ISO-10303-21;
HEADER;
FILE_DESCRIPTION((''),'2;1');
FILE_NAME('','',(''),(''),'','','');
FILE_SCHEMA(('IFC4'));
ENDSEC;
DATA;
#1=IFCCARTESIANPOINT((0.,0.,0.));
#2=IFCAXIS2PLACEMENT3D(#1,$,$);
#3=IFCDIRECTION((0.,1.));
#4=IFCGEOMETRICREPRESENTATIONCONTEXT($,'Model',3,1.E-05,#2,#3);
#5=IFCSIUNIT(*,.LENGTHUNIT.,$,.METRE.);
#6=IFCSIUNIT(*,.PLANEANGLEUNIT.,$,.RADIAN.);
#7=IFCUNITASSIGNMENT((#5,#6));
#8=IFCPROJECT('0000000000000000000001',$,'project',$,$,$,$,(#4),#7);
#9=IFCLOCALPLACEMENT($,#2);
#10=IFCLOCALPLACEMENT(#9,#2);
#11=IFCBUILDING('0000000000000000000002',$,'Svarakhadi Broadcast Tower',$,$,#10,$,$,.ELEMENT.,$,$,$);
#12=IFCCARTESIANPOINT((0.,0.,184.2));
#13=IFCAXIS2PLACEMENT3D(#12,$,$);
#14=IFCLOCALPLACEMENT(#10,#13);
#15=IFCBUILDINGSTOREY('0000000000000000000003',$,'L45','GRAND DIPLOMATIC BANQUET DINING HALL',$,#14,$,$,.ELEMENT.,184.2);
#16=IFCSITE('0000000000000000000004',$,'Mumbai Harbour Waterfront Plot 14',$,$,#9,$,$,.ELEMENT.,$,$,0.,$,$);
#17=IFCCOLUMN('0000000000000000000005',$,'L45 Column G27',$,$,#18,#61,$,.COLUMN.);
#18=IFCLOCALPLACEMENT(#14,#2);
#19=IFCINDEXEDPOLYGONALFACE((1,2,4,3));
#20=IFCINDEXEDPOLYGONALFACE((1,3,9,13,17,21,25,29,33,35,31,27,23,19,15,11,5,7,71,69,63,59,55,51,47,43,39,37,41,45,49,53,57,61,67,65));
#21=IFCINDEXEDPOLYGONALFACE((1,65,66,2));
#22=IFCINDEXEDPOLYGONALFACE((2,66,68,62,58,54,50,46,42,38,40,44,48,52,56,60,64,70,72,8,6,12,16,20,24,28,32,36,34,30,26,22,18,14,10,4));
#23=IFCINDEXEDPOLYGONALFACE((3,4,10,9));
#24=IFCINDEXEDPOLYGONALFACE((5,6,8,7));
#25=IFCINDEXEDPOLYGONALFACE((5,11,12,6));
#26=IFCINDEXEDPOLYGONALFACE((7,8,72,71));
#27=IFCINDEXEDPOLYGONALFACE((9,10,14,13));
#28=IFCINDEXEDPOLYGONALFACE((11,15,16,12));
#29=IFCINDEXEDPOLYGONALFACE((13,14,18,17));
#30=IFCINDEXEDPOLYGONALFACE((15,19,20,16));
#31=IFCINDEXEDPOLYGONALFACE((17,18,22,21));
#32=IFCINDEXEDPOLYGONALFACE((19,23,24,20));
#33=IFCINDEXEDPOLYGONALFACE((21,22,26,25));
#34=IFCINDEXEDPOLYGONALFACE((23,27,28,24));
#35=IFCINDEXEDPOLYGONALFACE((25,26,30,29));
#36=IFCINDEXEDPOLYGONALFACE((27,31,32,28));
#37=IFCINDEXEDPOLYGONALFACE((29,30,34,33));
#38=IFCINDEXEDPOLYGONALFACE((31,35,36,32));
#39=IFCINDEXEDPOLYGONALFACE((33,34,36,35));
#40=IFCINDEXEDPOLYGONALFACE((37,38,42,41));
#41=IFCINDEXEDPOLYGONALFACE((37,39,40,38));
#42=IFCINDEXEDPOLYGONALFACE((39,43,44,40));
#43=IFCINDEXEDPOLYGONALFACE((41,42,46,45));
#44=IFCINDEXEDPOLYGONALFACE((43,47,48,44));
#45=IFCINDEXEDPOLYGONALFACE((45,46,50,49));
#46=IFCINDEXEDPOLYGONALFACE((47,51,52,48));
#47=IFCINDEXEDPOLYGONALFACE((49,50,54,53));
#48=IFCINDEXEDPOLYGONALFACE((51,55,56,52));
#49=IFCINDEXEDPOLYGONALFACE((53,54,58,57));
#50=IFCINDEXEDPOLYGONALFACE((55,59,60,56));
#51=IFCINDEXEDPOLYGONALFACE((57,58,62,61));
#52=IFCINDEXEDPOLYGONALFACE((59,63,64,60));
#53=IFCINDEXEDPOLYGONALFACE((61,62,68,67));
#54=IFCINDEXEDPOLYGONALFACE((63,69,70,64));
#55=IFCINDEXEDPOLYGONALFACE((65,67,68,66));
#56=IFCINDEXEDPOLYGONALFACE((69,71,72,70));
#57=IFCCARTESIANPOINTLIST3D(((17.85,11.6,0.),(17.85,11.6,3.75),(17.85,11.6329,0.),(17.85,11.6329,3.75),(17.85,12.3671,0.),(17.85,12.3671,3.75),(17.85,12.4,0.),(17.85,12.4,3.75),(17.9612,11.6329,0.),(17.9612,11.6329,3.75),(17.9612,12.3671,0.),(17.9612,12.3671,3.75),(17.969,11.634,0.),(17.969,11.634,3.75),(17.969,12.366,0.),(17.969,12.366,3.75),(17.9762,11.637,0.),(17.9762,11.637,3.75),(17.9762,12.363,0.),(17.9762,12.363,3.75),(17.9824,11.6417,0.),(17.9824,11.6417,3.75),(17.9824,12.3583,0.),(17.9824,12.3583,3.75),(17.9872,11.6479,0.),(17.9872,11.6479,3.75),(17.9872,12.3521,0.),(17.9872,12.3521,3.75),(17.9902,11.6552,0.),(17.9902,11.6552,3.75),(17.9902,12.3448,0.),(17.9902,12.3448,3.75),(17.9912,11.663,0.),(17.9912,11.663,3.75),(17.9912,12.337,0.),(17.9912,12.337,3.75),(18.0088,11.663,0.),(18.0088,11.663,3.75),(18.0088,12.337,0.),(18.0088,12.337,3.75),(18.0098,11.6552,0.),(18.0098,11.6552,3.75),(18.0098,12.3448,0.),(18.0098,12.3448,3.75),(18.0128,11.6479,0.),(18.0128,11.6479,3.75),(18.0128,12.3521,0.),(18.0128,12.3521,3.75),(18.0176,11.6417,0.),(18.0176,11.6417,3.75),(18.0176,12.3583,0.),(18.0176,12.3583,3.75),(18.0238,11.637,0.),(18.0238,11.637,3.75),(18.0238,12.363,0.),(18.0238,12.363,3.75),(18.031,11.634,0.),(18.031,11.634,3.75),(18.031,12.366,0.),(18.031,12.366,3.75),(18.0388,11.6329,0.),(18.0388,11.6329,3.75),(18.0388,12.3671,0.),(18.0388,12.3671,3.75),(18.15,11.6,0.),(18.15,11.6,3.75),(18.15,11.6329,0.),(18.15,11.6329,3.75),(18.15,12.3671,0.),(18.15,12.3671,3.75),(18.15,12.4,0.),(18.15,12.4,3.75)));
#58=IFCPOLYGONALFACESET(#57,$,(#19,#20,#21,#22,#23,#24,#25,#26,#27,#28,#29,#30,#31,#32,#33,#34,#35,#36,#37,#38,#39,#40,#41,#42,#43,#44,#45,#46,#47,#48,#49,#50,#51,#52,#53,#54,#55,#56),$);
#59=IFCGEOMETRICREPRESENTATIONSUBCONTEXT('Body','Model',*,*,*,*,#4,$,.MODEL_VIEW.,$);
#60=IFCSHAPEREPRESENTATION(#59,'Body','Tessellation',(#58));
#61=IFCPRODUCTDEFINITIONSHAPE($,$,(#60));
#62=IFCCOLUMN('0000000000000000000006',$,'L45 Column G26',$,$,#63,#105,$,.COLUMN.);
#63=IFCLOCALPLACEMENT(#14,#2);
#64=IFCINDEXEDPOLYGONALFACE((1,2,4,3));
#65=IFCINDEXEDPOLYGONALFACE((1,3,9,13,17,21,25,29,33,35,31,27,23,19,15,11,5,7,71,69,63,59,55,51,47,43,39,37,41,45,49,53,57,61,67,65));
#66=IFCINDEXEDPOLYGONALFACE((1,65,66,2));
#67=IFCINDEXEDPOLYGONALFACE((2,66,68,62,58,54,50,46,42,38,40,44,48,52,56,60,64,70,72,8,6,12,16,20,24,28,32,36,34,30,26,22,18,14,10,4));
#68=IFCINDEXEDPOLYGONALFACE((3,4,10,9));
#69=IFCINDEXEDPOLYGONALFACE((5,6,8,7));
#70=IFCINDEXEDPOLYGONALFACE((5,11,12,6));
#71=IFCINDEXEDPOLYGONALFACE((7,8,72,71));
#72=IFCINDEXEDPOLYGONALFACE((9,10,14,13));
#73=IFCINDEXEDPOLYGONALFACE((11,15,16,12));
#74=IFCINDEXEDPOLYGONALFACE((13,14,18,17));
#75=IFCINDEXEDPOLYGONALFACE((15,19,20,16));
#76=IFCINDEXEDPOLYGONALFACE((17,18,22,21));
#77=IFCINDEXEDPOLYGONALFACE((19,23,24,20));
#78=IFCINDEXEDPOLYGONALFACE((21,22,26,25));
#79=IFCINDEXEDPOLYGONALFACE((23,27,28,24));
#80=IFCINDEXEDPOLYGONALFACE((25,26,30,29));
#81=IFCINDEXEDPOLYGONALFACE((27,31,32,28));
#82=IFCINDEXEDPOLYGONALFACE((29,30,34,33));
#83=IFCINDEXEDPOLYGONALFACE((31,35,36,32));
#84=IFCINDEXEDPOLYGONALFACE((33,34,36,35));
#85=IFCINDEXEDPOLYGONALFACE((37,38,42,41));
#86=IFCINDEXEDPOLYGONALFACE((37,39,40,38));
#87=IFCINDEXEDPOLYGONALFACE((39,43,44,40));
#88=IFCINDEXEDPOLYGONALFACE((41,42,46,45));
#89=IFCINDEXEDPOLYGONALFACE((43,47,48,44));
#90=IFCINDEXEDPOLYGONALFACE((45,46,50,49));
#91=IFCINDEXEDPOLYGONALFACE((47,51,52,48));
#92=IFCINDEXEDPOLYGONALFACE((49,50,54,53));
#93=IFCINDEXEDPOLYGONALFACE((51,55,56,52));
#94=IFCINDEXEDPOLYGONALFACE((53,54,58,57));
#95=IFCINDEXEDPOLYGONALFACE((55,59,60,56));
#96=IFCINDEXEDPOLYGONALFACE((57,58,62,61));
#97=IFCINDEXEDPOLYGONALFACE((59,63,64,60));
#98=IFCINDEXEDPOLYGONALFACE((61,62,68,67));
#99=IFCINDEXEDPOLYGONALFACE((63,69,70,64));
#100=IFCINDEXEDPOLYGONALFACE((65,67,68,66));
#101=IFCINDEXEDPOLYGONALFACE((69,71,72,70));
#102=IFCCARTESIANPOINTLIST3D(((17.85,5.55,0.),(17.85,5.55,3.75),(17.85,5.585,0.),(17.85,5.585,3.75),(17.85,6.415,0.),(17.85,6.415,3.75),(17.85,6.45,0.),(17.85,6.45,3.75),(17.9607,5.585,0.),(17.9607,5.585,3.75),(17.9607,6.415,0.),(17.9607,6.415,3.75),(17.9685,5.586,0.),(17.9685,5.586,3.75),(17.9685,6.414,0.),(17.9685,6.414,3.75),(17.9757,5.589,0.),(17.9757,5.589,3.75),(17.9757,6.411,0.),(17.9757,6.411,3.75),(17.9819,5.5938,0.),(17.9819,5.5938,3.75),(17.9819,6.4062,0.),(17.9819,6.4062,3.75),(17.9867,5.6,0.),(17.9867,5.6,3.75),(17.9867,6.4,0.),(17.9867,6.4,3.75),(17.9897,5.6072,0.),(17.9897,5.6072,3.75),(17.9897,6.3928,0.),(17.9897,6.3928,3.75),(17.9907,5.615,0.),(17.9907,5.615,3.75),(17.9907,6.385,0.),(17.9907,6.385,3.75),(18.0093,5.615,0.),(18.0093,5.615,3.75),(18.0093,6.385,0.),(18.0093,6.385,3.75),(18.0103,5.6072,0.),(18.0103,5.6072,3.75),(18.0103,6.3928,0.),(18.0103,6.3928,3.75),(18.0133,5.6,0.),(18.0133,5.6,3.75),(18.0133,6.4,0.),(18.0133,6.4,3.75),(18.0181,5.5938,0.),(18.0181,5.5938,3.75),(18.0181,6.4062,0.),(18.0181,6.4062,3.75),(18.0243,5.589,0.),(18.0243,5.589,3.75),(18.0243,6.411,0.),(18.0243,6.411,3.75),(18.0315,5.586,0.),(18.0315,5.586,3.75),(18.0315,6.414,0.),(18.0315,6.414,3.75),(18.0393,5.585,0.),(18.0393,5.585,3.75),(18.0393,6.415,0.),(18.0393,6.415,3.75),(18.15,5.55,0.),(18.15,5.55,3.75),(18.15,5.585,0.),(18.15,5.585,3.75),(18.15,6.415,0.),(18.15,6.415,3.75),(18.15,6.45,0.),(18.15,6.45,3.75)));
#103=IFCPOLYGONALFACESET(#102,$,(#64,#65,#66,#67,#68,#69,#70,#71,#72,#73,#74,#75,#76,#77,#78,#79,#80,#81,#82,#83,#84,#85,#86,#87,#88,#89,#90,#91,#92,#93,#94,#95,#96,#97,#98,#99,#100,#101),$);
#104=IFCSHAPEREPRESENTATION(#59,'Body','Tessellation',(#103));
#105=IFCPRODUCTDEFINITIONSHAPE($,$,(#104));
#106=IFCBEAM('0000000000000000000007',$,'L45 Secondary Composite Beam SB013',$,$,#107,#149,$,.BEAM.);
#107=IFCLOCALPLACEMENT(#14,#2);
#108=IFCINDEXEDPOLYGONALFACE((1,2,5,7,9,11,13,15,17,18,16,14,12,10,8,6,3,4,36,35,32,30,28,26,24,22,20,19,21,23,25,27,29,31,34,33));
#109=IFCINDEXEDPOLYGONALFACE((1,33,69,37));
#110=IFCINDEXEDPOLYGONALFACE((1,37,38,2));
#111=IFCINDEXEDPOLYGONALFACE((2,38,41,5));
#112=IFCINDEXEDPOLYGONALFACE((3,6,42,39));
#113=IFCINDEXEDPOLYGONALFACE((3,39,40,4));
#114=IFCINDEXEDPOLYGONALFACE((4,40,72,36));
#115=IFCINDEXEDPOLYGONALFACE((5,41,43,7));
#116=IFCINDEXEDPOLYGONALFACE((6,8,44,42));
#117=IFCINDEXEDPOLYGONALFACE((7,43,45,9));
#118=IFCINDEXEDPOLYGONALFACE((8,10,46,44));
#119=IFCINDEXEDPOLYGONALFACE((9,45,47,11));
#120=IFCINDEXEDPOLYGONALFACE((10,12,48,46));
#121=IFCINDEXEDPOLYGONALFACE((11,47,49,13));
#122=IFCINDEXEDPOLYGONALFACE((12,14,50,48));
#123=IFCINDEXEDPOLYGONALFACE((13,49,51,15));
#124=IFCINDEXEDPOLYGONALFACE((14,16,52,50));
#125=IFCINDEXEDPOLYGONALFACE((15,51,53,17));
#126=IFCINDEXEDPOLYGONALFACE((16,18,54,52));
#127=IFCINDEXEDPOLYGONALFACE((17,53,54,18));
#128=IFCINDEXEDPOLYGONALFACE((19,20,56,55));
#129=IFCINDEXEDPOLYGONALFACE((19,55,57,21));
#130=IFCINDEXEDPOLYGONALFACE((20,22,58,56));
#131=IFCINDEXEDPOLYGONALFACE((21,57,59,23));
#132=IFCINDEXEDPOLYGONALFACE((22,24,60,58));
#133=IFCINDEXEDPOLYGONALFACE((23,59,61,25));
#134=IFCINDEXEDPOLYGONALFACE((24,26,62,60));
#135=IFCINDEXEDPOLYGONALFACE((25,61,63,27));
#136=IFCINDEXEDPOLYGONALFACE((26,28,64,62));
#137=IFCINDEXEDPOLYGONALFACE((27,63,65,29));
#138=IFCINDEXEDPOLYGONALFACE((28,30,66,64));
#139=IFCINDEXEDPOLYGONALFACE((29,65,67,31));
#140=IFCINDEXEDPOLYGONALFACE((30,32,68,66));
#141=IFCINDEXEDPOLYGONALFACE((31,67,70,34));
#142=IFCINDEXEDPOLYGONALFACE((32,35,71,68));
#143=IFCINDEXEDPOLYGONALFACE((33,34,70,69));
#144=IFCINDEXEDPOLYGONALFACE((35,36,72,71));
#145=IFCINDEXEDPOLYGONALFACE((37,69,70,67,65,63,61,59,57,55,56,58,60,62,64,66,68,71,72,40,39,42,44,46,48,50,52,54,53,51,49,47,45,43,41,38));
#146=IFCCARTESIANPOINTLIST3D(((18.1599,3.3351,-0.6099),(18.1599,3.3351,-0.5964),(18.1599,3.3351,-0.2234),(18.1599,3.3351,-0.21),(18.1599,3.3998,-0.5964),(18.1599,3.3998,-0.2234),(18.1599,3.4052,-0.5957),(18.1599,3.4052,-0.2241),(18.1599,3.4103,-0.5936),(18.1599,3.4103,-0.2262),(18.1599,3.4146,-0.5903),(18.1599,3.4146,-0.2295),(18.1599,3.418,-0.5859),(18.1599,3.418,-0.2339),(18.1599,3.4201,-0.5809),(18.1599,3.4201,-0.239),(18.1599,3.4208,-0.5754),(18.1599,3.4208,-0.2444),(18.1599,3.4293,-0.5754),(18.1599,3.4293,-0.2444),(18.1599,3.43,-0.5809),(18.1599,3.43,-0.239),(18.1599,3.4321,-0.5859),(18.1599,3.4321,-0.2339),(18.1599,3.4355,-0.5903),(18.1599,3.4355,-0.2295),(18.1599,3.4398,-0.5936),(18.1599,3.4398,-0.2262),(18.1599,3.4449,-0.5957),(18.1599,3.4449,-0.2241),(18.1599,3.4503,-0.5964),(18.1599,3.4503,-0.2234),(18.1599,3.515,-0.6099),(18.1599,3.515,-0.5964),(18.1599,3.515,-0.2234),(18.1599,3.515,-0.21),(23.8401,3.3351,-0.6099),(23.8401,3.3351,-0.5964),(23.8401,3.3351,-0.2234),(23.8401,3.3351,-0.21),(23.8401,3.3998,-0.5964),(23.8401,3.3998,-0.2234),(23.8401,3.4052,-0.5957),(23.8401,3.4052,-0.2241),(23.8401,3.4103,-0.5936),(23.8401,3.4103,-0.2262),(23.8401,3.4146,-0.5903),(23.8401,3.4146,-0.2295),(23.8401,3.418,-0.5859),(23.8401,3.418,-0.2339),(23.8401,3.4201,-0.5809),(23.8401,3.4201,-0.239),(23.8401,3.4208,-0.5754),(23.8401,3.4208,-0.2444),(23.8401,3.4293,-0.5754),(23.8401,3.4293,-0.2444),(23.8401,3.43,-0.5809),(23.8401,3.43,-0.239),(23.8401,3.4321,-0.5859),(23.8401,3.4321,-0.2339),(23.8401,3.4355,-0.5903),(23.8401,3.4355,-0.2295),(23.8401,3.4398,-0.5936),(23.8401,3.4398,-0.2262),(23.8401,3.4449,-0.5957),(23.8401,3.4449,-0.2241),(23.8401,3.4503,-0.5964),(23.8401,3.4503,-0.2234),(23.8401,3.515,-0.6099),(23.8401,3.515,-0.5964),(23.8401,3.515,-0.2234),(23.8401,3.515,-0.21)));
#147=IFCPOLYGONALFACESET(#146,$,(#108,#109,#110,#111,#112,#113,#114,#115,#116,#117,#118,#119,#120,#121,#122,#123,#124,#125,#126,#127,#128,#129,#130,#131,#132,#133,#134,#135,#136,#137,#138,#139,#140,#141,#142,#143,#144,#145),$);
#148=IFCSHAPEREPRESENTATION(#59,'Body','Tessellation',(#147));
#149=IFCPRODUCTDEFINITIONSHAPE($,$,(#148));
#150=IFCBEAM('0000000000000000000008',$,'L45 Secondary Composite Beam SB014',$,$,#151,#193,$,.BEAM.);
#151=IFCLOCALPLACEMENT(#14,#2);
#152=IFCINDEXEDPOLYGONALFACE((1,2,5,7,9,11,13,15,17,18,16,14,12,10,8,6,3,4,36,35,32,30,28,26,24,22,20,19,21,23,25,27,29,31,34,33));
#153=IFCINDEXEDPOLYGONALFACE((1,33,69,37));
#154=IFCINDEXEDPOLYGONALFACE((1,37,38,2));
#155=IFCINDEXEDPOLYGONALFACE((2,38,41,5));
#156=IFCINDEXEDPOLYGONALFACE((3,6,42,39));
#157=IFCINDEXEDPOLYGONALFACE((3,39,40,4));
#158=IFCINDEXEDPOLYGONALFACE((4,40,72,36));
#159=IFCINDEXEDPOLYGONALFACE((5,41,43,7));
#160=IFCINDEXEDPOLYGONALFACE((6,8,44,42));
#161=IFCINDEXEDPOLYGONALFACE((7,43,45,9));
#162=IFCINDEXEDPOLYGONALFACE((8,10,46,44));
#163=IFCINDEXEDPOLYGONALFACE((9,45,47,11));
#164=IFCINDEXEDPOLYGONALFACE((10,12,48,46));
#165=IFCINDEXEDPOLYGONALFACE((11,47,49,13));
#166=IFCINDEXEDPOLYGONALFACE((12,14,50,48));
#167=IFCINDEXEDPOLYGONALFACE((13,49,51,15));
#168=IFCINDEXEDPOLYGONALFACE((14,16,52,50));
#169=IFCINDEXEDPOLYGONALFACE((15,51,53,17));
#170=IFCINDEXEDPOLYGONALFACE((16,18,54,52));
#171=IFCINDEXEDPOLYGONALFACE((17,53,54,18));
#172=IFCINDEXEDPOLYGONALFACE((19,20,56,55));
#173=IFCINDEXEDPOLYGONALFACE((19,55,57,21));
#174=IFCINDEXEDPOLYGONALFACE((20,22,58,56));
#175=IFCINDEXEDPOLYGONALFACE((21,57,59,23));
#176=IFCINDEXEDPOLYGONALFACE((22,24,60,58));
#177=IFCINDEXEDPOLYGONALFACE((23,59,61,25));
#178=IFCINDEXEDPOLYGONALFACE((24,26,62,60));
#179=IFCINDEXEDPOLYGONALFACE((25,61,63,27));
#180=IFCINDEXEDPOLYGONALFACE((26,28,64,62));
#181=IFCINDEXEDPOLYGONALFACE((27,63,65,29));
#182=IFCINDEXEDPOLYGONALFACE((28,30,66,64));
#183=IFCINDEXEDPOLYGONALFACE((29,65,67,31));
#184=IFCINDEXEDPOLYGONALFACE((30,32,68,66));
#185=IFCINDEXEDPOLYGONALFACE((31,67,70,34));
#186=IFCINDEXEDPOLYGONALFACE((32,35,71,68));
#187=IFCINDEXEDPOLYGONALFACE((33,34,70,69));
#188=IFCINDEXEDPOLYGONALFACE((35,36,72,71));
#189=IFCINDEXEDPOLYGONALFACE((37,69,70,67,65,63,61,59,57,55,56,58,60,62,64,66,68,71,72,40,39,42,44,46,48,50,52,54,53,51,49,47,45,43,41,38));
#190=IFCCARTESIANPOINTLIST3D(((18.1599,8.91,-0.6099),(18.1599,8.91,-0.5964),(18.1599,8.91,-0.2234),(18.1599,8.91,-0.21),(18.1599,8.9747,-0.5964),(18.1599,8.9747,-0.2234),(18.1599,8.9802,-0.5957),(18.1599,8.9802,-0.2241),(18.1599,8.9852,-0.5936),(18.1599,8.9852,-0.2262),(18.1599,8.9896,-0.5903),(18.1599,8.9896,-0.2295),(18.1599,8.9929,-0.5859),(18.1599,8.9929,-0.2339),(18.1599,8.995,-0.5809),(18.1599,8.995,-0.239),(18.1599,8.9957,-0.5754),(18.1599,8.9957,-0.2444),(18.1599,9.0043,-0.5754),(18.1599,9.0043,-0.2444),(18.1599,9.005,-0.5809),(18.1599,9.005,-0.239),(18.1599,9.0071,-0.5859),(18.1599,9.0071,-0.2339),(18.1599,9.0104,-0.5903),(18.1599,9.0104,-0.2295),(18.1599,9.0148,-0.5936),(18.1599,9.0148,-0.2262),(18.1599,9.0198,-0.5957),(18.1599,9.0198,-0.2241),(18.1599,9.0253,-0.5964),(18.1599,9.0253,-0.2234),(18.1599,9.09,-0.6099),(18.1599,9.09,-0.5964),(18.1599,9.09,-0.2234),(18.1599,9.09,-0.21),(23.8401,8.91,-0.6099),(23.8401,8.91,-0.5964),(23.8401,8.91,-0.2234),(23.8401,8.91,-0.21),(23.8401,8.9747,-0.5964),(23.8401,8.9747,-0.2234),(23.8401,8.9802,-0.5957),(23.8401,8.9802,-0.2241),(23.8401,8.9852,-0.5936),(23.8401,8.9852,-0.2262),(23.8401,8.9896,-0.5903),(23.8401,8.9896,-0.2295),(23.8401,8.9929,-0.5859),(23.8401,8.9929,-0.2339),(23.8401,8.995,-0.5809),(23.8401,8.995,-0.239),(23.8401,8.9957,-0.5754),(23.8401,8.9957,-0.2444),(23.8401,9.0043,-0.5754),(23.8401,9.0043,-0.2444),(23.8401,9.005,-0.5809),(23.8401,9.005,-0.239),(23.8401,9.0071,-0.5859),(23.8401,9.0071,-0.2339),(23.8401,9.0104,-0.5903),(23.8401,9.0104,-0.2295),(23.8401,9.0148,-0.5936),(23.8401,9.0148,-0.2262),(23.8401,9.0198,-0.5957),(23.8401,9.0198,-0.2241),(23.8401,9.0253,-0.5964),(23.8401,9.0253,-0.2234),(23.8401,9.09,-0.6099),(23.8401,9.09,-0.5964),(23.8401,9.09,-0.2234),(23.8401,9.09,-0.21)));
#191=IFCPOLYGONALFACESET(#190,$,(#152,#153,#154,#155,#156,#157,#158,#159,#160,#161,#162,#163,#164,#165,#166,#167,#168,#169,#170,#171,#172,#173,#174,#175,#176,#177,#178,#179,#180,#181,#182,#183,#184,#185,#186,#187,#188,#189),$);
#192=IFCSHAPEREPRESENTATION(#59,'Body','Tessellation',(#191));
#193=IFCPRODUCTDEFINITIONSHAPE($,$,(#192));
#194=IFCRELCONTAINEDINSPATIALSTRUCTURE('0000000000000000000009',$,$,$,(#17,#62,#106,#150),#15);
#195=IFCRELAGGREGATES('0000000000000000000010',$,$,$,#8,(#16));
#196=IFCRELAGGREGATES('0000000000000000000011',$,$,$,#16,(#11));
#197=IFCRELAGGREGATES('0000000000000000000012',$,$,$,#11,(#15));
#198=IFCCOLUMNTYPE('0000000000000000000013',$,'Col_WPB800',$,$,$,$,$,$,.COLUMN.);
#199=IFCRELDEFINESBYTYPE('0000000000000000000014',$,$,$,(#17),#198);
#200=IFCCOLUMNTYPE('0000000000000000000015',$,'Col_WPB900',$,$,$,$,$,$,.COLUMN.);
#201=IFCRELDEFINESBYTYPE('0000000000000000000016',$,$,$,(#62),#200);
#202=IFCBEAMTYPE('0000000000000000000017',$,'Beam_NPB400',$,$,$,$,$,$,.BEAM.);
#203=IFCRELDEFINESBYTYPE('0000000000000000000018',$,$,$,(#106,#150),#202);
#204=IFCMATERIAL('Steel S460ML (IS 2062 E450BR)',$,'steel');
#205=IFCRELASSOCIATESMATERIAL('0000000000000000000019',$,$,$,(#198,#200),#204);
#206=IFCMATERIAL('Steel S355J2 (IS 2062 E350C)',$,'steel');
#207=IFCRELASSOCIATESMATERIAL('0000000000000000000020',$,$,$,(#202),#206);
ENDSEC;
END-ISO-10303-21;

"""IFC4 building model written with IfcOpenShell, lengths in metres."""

from ifc_helpers import new_model, si_unit, direction, frame, origin, origin_2d, place, context, subcontext, project, spatial, i_section, extrude, material, material_profile, profile_set, type_object, element, save


model = new_model("IFC4")

# Units and contexts
model_context = context("Model", 3, precision=1e-05, world=origin(), true_north=direction((0.0, 1.0)))
body_context = subcontext(model_context, "Body", "Model", "MODEL_VIEW")
ifc_project = project(units=[si_unit("LENGTHUNIT", "METRE"), si_unit("PLANEANGLEUNIT", "RADIAN")], contexts=[model_context])

# Site, building, storey
site_placement = place(None, origin())
site = spatial("IfcSite", under=ifc_project, at=site_placement, Name="Mumbai Harbour Waterfront Plot 14", CompositionType="ELEMENT", RefElevation=0.0)
building_placement = place(site_placement, origin())
building = spatial("IfcBuilding", under=site, at=building_placement, Name="Svarakhadi Broadcast Tower", CompositionType="ELEMENT")
storey_placement = place(building_placement, frame((0.0, 0.0, 184.2)))
storey = spatial("IfcBuildingStorey", under=building, at=storey_placement, Name="L45", Description="GRAND DIPLOMATIC BANQUET DINING HALL", CompositionType="ELEMENT", Elevation=184.2)

# Columns
ifc_material_1 = material(Name="Steel S460ML (IS 2062 E450BR)", Category="steel")
ifc_material_profile_1 = material_profile(ifc_material_1, i_section(OverallWidth=0.3, OverallDepth=0.8, WebThickness=0.0176, FlangeThickness=0.033, FilletRadius=0.03, at=origin_2d()), Name="WPB 800x300x262")
ifc_profile_set_1 = profile_set([ifc_material_profile_1], Name="Steel S460ML (IS 2062 E450BR)")
column_type_1 = type_object("IfcColumnType", Name="Col_WPB800", PredefinedType="COLUMN", material=ifc_profile_set_1)
column_1_placement = place(storey_placement, frame((18.0, 12.0, 0.0), z_axis=(0.0, 0.0, 1.0), x_axis=(1.0, 0.0, 0.0)))
element("IfcColumn", 1, at=column_1_placement, inside=storey, type_object=column_type_1, Name="L45 Column G27", PredefinedType="COLUMN", context=body_context, shape_type="SweptSolid", body=[
    extrude(i_section(OverallWidth=0.3, OverallDepth=0.8, WebThickness=0.0176, FlangeThickness=0.033, FilletRadius=0.03, at=origin_2d()), origin(), (0.0, 0.0, 1.0), 3.75),
])
ifc_material_profile_2 = material_profile(ifc_material_1, i_section(OverallWidth=0.3, OverallDepth=0.8999, WebThickness=0.0186, FlangeThickness=0.0349, FilletRadius=0.03, at=origin_2d()), Name="WPB 900x300x291")
ifc_profile_set_2 = profile_set([ifc_material_profile_2], Name="Steel S460ML (IS 2062 E450BR)")
column_type_2 = type_object("IfcColumnType", Name="Col_WPB900", PredefinedType="COLUMN", material=ifc_profile_set_2)
column_2_placement = place(storey_placement, frame((18.0, 6.0, 0.0), z_axis=(0.0, 0.0, 1.0), x_axis=(1.0, 0.0, 0.0)))
element("IfcColumn", 2, at=column_2_placement, inside=storey, type_object=column_type_2, Name="L45 Column G26", PredefinedType="COLUMN", context=body_context, shape_type="SweptSolid", body=[
    extrude(i_section(OverallWidth=0.3, OverallDepth=0.8999, WebThickness=0.0186, FlangeThickness=0.0349, FilletRadius=0.03, at=origin_2d()), origin(), (0.0, 0.0, 1.0), 3.75),
])

# Beams
ifc_material_2 = material(Name="Steel S355J2 (IS 2062 E350C)", Category="steel")
ifc_material_profile_3 = material_profile(ifc_material_2, i_section(OverallWidth=0.1799, OverallDepth=0.3999, WebThickness=0.0085, FlangeThickness=0.0134, FilletRadius=0.021, at=origin_2d()), Name="NPB 400x180x66")
ifc_profile_set_3 = profile_set([ifc_material_profile_3], Name="Steel S355J2 (IS 2062 E350C)")
beam_type_1 = type_object("IfcBeamType", Name="Beam_NPB400", PredefinedType="BEAM", material=ifc_profile_set_3)
for number, where, z_axis, x_axis, name in (
    (3, (18.1599, 3.425, -0.4099), (1.0, 0.0, 0.0), (0.0, 1.0, 0.0), "L45 Secondary Composite Beam SB013"),
    (4, (18.1599, 9.0, -0.4099), (1.0, 0.0, 0.0), (0.0, 1.0, 0.0), "L45 Secondary Composite Beam SB014"),
):
    element("IfcBeam", number, at=place(storey_placement, frame(where, z_axis=z_axis, x_axis=x_axis)), inside=storey, type_object=beam_type_1, Name=name, PredefinedType="BEAM", context=body_context, shape_type="SweptSolid", body=[
        extrude(i_section(OverallWidth=0.1799, OverallDepth=0.3999, WebThickness=0.0085, FlangeThickness=0.0134, FilletRadius=0.021, at=origin_2d()), origin(), (0.0, 0.0, 1.0), 5.6802),
    ])

save(model, "model.ifc")
